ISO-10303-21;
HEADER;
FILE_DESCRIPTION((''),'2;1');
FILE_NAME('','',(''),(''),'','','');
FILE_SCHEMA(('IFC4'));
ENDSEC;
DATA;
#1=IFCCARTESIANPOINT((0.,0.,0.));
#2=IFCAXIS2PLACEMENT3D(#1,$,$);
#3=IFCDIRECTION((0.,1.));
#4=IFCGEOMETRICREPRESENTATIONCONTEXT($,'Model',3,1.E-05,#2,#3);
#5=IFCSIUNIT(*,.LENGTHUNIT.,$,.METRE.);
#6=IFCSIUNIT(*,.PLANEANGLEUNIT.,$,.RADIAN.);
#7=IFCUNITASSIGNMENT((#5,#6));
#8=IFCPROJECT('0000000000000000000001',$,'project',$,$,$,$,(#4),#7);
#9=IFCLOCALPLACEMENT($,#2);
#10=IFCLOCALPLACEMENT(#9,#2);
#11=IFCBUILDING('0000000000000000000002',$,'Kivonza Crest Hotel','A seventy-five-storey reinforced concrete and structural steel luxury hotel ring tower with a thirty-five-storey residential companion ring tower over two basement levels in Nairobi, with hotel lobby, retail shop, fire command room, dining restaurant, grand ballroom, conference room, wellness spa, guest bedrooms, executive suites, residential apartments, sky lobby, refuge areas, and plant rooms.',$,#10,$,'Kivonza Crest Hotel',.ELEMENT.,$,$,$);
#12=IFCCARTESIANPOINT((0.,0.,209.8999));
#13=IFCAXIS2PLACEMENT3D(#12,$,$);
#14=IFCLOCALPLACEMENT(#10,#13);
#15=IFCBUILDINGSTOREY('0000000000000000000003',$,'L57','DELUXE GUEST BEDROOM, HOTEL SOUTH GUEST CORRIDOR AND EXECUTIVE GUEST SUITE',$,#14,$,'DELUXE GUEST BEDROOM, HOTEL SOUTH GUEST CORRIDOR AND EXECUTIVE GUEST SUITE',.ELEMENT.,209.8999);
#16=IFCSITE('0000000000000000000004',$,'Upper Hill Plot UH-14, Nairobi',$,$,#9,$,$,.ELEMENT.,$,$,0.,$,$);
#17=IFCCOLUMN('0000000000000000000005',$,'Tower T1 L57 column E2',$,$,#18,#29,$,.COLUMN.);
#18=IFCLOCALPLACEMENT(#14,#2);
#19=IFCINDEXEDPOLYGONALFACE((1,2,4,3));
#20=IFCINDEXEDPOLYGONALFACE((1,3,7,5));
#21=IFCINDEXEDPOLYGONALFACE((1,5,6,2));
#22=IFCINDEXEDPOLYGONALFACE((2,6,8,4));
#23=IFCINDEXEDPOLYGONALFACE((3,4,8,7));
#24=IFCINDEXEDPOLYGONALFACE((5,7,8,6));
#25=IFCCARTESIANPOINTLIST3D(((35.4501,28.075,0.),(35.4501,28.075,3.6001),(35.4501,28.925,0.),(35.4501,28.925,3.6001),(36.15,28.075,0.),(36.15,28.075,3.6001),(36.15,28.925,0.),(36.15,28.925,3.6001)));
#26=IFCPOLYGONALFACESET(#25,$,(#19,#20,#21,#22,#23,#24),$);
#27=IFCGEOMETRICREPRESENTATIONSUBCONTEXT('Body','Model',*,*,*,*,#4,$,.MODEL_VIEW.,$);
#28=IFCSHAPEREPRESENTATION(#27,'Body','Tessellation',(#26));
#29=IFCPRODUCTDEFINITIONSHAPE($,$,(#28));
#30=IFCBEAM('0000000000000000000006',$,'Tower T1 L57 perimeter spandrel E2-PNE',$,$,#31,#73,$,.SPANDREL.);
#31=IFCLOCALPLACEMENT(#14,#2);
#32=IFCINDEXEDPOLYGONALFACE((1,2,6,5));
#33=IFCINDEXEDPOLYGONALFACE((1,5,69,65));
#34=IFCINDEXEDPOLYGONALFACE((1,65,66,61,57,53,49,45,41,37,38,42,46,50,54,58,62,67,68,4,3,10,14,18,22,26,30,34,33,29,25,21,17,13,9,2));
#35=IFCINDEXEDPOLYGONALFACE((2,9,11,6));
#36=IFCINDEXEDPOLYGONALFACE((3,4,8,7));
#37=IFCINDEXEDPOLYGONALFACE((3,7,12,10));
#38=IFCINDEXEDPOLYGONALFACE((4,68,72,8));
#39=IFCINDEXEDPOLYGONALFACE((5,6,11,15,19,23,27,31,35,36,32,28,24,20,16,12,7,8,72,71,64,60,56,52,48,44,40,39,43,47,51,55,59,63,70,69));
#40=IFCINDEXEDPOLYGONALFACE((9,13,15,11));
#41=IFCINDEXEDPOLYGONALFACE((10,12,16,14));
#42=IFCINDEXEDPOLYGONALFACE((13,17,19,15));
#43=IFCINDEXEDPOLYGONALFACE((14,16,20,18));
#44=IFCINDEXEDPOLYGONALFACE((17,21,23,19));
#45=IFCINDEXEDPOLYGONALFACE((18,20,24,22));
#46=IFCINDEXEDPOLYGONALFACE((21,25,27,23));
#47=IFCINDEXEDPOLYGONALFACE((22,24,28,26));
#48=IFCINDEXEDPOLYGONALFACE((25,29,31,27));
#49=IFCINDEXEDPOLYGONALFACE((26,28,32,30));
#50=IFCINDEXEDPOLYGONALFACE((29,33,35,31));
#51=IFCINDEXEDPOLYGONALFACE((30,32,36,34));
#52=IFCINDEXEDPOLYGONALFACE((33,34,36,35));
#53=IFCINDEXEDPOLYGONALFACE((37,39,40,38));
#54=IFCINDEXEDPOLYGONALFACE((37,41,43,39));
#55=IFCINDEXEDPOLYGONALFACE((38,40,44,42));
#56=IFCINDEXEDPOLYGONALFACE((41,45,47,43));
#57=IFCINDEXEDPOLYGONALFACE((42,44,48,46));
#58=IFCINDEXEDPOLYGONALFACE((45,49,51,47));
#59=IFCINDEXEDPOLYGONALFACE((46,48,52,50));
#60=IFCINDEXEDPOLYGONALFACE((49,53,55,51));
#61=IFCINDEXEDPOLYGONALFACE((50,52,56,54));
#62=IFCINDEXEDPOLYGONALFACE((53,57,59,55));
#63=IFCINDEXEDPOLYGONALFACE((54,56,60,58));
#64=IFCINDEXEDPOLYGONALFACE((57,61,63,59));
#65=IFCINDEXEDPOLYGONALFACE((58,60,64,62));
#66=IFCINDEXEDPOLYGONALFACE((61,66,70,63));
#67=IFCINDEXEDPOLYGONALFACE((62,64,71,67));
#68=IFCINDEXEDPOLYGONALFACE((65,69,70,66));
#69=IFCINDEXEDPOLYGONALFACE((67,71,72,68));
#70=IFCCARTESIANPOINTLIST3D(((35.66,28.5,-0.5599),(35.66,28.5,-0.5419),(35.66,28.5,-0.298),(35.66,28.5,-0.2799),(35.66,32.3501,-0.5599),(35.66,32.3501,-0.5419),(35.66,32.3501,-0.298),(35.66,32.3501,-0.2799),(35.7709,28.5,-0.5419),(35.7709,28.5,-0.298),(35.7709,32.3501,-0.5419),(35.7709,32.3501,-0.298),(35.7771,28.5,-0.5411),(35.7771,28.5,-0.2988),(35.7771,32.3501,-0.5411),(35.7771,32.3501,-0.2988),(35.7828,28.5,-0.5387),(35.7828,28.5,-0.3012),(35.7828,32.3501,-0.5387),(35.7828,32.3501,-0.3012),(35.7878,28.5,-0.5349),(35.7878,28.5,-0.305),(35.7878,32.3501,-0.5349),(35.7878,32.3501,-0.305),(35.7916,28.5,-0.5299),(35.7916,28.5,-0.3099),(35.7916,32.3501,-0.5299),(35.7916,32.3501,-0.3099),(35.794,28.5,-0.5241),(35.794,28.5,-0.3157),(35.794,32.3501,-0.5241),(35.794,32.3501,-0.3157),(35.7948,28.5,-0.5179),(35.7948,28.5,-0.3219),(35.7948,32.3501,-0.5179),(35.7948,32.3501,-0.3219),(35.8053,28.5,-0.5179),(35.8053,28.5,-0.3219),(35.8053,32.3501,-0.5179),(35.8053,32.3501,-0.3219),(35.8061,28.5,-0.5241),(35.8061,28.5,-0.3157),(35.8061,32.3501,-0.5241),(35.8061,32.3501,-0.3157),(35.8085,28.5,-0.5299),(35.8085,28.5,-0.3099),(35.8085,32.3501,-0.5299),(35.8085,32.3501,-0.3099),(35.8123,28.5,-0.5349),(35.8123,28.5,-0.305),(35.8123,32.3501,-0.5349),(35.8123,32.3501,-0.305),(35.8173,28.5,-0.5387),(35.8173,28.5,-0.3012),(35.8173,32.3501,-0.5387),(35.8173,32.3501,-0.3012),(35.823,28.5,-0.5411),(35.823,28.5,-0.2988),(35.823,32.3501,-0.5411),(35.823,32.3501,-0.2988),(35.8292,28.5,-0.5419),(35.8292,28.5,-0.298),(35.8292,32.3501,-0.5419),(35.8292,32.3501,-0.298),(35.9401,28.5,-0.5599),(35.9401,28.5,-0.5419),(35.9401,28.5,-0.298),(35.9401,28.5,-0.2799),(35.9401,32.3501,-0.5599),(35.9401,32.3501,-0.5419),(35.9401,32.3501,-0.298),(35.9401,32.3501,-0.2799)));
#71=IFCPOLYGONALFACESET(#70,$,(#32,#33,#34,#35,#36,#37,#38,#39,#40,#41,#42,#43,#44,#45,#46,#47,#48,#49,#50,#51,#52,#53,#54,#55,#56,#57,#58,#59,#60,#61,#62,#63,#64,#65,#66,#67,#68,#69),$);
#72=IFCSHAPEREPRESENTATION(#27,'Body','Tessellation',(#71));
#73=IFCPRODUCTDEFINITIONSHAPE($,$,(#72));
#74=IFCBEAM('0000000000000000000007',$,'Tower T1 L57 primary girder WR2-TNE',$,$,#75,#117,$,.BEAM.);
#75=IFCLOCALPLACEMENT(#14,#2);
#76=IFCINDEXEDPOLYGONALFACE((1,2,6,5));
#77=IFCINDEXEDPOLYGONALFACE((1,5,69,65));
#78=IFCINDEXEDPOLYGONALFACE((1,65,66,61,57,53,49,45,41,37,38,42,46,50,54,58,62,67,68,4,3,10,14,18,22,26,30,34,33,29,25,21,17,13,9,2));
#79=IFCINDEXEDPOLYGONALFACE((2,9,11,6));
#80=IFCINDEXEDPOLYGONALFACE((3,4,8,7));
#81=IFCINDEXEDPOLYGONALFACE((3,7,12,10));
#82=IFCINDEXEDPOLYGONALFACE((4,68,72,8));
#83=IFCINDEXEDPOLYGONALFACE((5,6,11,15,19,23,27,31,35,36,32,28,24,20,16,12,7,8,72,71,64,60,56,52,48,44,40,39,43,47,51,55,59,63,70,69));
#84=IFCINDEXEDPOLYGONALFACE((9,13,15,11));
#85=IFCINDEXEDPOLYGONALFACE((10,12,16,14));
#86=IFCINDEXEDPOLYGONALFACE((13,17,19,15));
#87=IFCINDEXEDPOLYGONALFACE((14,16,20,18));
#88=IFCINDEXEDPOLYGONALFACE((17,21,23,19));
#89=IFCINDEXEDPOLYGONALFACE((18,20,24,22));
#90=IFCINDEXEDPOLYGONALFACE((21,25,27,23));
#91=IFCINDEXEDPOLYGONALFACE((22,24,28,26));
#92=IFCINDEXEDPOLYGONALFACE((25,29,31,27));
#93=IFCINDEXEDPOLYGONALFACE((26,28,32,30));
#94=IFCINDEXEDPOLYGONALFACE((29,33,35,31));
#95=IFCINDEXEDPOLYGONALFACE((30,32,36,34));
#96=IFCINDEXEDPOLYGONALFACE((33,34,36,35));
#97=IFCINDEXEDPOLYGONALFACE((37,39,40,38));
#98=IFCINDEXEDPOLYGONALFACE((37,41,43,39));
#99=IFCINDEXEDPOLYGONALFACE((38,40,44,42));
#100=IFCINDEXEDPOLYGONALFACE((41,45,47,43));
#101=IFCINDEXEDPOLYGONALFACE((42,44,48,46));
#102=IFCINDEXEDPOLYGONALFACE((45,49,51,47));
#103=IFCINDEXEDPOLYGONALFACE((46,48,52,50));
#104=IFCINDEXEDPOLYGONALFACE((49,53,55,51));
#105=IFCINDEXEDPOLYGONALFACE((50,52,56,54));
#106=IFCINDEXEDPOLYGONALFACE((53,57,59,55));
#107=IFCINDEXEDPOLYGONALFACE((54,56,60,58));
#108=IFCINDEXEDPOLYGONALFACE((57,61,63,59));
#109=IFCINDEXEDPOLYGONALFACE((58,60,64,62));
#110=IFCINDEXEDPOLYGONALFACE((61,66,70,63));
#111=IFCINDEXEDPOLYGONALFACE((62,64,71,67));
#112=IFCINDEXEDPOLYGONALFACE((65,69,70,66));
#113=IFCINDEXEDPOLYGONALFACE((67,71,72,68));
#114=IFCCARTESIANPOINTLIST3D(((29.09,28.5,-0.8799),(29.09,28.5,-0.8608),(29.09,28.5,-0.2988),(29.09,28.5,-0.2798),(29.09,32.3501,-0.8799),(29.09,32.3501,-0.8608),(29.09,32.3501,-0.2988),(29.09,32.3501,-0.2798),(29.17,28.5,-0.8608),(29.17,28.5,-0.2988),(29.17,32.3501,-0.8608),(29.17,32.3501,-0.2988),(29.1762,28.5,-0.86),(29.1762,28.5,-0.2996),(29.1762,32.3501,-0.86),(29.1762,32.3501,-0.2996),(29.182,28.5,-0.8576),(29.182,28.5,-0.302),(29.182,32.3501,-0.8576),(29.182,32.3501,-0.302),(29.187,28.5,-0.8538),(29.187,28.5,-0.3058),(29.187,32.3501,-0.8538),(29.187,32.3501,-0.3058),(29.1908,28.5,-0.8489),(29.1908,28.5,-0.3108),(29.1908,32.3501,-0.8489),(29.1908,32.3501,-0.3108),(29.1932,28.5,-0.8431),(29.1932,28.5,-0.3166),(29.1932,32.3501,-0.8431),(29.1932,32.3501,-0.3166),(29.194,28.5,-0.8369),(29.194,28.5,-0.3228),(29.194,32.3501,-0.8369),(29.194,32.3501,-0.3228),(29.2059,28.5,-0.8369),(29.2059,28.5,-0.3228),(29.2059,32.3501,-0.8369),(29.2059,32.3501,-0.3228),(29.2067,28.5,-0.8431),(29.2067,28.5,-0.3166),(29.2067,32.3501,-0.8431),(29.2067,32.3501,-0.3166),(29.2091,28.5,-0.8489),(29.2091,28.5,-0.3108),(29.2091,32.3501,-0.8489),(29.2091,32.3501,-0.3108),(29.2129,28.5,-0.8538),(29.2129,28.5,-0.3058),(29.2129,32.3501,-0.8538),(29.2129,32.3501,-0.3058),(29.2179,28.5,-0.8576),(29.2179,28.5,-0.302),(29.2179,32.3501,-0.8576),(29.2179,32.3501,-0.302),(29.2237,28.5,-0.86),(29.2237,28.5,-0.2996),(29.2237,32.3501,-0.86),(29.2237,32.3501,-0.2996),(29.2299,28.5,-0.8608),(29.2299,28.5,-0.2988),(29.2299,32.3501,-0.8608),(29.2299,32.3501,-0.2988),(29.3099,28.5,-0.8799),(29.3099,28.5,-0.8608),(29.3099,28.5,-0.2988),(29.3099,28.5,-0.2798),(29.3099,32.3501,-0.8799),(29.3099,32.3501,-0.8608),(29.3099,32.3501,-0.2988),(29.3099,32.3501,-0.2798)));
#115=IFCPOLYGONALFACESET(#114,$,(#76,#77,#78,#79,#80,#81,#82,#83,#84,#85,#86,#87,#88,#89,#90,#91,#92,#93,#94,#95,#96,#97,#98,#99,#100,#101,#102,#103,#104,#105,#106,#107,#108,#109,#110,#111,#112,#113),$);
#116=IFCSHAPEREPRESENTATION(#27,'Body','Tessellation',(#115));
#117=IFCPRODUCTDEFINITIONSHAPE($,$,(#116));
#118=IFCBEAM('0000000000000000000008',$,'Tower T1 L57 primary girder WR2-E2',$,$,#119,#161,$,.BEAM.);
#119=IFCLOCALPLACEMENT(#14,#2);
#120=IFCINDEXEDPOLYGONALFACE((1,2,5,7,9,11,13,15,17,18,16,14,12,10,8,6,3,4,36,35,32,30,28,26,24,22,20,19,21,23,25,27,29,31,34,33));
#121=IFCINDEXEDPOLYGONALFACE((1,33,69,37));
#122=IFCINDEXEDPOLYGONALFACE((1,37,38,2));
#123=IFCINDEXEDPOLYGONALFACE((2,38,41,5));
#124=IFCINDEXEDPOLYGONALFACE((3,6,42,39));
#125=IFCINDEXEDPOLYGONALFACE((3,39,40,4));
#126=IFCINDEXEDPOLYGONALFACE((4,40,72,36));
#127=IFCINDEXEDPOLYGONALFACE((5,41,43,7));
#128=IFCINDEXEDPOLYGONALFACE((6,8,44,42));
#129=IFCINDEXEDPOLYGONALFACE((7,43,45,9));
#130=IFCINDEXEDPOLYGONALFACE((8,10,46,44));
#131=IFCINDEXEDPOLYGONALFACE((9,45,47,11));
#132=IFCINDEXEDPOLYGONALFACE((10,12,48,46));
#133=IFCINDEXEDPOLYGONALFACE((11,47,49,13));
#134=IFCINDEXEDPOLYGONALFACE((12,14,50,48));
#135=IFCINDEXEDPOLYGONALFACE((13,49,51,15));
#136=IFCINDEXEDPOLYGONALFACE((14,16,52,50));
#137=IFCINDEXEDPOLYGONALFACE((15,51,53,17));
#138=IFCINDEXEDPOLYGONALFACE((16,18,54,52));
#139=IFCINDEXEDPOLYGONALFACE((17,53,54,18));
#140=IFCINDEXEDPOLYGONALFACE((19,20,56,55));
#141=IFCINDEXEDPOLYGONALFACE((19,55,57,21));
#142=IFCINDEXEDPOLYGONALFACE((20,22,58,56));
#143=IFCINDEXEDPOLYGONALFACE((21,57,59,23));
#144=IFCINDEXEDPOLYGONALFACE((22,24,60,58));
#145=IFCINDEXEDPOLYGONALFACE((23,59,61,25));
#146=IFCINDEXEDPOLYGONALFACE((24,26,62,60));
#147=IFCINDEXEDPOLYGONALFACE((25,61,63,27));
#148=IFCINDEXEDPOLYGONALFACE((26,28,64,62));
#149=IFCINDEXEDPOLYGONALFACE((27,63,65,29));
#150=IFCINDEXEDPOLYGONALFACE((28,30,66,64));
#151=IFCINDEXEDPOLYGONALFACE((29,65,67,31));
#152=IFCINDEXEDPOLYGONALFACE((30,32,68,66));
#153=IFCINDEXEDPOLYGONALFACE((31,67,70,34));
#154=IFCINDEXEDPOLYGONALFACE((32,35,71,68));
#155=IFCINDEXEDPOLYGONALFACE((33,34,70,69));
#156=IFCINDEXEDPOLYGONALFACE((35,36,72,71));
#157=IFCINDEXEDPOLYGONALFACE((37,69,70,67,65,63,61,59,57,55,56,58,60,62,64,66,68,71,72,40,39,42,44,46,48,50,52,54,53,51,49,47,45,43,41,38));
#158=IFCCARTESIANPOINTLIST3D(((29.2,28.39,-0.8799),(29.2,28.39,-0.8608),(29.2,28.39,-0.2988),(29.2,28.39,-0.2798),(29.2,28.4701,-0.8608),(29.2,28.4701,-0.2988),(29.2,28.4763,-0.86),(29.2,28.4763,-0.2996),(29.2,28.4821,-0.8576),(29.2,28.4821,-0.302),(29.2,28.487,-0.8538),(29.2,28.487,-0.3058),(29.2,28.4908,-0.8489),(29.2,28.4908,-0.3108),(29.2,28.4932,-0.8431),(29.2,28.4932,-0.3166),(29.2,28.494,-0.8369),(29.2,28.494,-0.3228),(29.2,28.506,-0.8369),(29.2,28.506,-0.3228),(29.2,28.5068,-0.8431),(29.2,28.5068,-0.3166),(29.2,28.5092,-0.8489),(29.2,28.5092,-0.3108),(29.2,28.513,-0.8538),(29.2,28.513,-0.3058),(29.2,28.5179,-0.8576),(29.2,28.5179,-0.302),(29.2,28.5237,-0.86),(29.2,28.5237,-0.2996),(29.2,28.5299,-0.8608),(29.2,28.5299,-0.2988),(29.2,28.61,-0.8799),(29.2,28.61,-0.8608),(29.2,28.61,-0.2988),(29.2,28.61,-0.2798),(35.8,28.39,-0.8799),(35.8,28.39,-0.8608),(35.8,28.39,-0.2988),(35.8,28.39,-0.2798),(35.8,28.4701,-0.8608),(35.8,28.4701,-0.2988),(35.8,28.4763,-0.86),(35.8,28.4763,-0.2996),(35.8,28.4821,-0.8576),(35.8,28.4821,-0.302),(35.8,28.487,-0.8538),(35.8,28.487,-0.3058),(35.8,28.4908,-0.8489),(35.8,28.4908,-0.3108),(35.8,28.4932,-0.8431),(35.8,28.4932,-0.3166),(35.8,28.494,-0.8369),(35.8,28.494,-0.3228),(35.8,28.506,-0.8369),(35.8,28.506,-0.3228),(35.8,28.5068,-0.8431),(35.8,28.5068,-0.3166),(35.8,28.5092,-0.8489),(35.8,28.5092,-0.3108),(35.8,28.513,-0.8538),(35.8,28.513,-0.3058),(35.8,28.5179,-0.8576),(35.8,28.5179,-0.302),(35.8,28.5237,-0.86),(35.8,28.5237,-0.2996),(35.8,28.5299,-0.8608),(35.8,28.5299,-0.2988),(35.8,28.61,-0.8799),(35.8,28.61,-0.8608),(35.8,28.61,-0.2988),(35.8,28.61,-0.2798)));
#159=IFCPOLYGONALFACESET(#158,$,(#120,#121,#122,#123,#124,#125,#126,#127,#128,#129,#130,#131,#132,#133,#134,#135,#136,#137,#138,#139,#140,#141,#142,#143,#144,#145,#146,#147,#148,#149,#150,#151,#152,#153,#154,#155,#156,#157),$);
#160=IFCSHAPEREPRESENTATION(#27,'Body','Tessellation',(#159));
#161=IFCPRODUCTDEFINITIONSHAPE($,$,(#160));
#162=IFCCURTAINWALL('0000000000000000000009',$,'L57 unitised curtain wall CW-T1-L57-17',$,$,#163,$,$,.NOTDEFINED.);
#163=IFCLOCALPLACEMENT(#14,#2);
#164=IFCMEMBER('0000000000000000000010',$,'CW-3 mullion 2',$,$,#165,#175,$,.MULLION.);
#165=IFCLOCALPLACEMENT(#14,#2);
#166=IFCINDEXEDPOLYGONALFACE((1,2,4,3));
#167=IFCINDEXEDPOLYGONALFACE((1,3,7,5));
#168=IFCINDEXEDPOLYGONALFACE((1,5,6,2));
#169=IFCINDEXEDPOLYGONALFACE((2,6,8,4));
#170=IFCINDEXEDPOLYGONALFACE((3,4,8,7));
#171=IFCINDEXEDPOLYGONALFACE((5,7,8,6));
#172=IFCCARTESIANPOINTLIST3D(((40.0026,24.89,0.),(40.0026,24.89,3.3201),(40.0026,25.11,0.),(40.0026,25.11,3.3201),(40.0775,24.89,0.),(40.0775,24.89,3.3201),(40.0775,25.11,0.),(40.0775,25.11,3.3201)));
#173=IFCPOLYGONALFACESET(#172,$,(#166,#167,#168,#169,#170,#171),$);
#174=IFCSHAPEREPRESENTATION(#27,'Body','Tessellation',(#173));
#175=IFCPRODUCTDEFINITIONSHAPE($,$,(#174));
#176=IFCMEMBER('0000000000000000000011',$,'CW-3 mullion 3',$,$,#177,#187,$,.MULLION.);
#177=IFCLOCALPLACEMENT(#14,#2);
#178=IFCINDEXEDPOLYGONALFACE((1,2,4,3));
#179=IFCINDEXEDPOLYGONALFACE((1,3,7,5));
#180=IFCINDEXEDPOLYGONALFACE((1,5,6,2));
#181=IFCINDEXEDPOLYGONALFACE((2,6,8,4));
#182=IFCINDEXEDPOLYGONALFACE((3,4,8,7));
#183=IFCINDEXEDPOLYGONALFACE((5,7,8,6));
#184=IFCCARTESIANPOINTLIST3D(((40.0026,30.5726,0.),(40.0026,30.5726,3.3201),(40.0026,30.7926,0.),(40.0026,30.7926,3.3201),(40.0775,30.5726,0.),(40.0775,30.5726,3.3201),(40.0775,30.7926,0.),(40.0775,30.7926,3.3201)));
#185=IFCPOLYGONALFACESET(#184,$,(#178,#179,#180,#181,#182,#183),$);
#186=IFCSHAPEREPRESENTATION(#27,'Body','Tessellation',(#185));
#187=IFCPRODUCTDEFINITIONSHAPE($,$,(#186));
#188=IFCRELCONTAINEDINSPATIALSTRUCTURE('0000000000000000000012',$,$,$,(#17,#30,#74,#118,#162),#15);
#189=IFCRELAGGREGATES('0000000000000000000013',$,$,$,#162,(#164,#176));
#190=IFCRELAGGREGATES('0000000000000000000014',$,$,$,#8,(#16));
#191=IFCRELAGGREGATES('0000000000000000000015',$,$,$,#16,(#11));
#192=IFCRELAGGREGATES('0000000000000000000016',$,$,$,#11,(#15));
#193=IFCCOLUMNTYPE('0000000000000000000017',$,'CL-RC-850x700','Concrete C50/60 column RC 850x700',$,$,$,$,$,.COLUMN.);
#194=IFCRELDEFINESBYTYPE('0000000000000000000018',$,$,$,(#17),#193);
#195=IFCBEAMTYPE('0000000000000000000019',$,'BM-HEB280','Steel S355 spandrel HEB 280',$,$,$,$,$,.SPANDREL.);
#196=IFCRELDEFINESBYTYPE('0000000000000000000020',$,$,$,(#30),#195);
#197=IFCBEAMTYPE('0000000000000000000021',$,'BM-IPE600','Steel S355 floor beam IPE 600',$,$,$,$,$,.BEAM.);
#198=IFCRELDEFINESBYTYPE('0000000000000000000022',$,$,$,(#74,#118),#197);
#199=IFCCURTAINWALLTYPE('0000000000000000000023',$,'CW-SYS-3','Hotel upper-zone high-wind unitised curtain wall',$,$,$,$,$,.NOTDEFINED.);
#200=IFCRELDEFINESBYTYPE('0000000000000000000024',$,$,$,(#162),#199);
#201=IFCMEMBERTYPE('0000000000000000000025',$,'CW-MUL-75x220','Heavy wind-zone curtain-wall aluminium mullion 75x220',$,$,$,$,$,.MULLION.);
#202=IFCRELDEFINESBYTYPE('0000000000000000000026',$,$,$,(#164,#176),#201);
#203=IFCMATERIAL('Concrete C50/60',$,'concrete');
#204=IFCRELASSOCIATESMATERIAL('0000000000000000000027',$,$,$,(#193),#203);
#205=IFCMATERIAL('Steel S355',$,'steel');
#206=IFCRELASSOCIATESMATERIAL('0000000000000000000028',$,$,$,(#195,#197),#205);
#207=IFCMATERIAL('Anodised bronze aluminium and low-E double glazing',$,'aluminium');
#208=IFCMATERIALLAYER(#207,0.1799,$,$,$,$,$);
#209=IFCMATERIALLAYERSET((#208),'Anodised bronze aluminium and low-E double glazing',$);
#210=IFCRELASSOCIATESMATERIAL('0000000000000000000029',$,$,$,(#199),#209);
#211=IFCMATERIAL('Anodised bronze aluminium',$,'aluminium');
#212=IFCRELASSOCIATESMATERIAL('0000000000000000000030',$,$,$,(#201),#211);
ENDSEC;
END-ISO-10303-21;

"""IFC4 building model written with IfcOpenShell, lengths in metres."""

from ifc_helpers import new_model, si_unit, direction, frame, origin, origin_2d, place, context, subcontext, project, spatial, rectangle, i_section, extrude, material, layer, layer_set, material_profile, profile_set, type_object, element, aggregate, save


model = new_model("IFC4")

# Units and contexts
model_context = context("Model", 3, precision=1e-05, world=origin(), true_north=direction((0.0, 1.0)))
body_context = subcontext(model_context, "Body", "Model", "MODEL_VIEW")
ifc_project = project(units=[si_unit("LENGTHUNIT", "METRE"), si_unit("PLANEANGLEUNIT", "RADIAN")], contexts=[model_context])

# Site, building, storey
site_placement = place(None, origin())
site = spatial("IfcSite", under=ifc_project, at=site_placement, Name="Upper Hill Plot UH-14, Nairobi", CompositionType="ELEMENT", RefElevation=0.0)
building_placement = place(site_placement, origin())
building = spatial("IfcBuilding", under=site, at=building_placement, Name="Kivonza Crest Hotel", Description="A seventy-five-storey reinforced concrete and structural steel luxury hotel ring tower with a thirty-five-storey residential companion ring tower over two basement levels in Nairobi, with hotel lobby, retail shop, fire command room, dining restaurant, grand ballroom, conference room, wellness spa, guest bedrooms, executive suites, residential apartments, sky lobby, refuge areas, and plant rooms.", LongName="Kivonza Crest Hotel", CompositionType="ELEMENT")
storey_placement = place(building_placement, frame((0.0, 0.0, 209.8999)))
storey = spatial("IfcBuildingStorey", under=building, at=storey_placement, Name="L57", Description="DELUXE GUEST BEDROOM, HOTEL SOUTH GUEST CORRIDOR AND EXECUTIVE GUEST SUITE", LongName="DELUXE GUEST BEDROOM, HOTEL SOUTH GUEST CORRIDOR AND EXECUTIVE GUEST SUITE", CompositionType="ELEMENT", Elevation=209.8999)

# Column
ifc_material_1 = material(Name="Concrete C50/60", Category="concrete")
ifc_material_profile_1 = material_profile(ifc_material_1, rectangle(XDim=0.7, YDim=0.8501, at=origin_2d()), Name="RC 850x700")
ifc_profile_set_1 = profile_set([ifc_material_profile_1], Name="Concrete C50/60")
column_type = type_object("IfcColumnType", Name="CL-RC-850x700", Description="Concrete C50/60 column RC 850x700", PredefinedType="COLUMN", material=ifc_profile_set_1)
column_placement = place(storey_placement, frame((35.8, 28.5, 0.0), z_axis=(0.0, 0.0, 1.0), x_axis=(1.0, 0.0, 0.0)))
element("IfcColumn", 1, at=column_placement, inside=storey, type_object=column_type, Name="Tower T1 L57 column E2", PredefinedType="COLUMN", context=body_context, shape_type="SweptSolid", body=[
    extrude(rectangle(XDim=0.7, YDim=0.8501, at=origin_2d()), origin(), (0.0, 0.0, 1.0), 3.6001),
])

# Beams
ifc_material_2 = material(Name="Steel S355", Category="steel")
ifc_material_profile_2 = material_profile(ifc_material_2, i_section(OverallWidth=0.28, OverallDepth=0.28, WebThickness=0.0105, FlangeThickness=0.0181, FilletRadius=0.0239, at=origin_2d()), Name="HEB 280")
ifc_profile_set_2 = profile_set([ifc_material_profile_2], Name="Steel S355")
beam_type_1 = type_object("IfcBeamType", Name="BM-HEB280", Description="Steel S355 spandrel HEB 280", PredefinedType="SPANDREL", material=ifc_profile_set_2)
beam_1_placement = place(storey_placement, frame((35.8, 28.5, -0.4199), z_axis=(0.0, 1.0, 0.0), x_axis=(-1.0, 0.0, 0.0)))
element("IfcBeam", 2, at=beam_1_placement, inside=storey, type_object=beam_type_1, Name="Tower T1 L57 perimeter spandrel E2-PNE", PredefinedType="SPANDREL", context=body_context, shape_type="SweptSolid", body=[
    extrude(i_section(OverallWidth=0.28, OverallDepth=0.28, WebThickness=0.0105, FlangeThickness=0.0181, FilletRadius=0.0239, at=origin_2d()), origin(), (0.0, 0.0, 1.0), 3.8501),
])
ifc_material_profile_3 = material_profile(ifc_material_2, i_section(OverallWidth=0.22, OverallDepth=0.6001, WebThickness=0.012, FlangeThickness=0.019, FilletRadius=0.0239, at=origin_2d()), Name="IPE 600")
ifc_profile_set_3 = profile_set([ifc_material_profile_3], Name="Steel S355")
beam_type_2 = type_object("IfcBeamType", Name="BM-IPE600", Description="Steel S355 floor beam IPE 600", PredefinedType="BEAM", material=ifc_profile_set_3)
beam_2_placement = place(storey_placement, frame((29.2, 28.5, -0.5798), z_axis=(0.0, 1.0, 0.0), x_axis=(-1.0, 0.0, 0.0)))
element("IfcBeam", 3, at=beam_2_placement, inside=storey, type_object=beam_type_2, Name="Tower T1 L57 primary girder WR2-TNE", PredefinedType="BEAM", context=body_context, shape_type="SweptSolid", body=[
    extrude(i_section(OverallWidth=0.22, OverallDepth=0.6001, WebThickness=0.012, FlangeThickness=0.019, FilletRadius=0.0239, at=origin_2d()), origin(), (0.0, 0.0, 1.0), 3.8501),
])
beam_3_placement = place(storey_placement, frame((29.2, 28.5, -0.5798), z_axis=(1.0, 0.0, 0.0), x_axis=(0.0, 1.0, 0.0)))
element("IfcBeam", 4, at=beam_3_placement, inside=storey, type_object=beam_type_2, Name="Tower T1 L57 primary girder WR2-E2", PredefinedType="BEAM", context=body_context, shape_type="SweptSolid", body=[
    extrude(i_section(OverallWidth=0.22, OverallDepth=0.6001, WebThickness=0.012, FlangeThickness=0.019, FilletRadius=0.0239, at=origin_2d()), origin(), (0.0, 0.0, 1.0), 6.6001),
])

# Curtain wall, members
ifc_material_3 = material(Name="Anodised bronze aluminium and low-E double glazing", Category="aluminium")
ifc_layer_1 = layer(ifc_material_3, 0.1799)
ifc_layer_set_1 = layer_set([ifc_layer_1], Name="Anodised bronze aluminium and low-E double glazing")
curtain_wall_type = type_object("IfcCurtainWallType", Name="CW-SYS-3", Description="Hotel upper-zone high-wind unitised curtain wall", PredefinedType="NOTDEFINED", material=ifc_layer_set_1)
curtain_wall_placement = place(storey_placement, origin())
curtain_wall = element("IfcCurtainWall", 5, at=curtain_wall_placement, inside=storey, type_object=curtain_wall_type, Name="L57 unitised curtain wall CW-T1-L57-17", PredefinedType="NOTDEFINED")
ifc_material_4 = material(Name="Anodised bronze aluminium", Category="aluminium")
ifc_material_profile_4 = material_profile(ifc_material_4, rectangle(XDim=0.075, YDim=0.22, at=origin_2d()), Name="CW-M 75x220")
ifc_profile_set_4 = profile_set([ifc_material_profile_4], Name="Anodised bronze aluminium")
member_type_1 = type_object("IfcMemberType", Name="CW-MUL-75x220", Description="Heavy wind-zone curtain-wall aluminium mullion 75x220", PredefinedType="MULLION", material=ifc_profile_set_4)
member_1_placement = place(storey_placement, frame((40.04, 25.0, 0.0), z_axis=(0.0, 0.0, 1.0), x_axis=(-1.0, 0.0, 0.0)))
member_1 = element("IfcMember", 6, at=member_1_placement, type_object=member_type_1, Name="CW-3 mullion 2", PredefinedType="MULLION", context=body_context, shape_type="SweptSolid", body=[
    extrude(rectangle(XDim=0.075, YDim=0.22, at=origin_2d()), origin(), (0.0, 0.0, 1.0), 3.3201),
])
member_2_placement = place(storey_placement, frame((40.04, 30.6826, 0.0), z_axis=(0.0, 0.0, 1.0), x_axis=(-1.0, 0.0, 0.0)))
member_2 = element("IfcMember", 7, at=member_2_placement, type_object=member_type_1, Name="CW-3 mullion 3", PredefinedType="MULLION", context=body_context, shape_type="SweptSolid", body=[
    extrude(rectangle(XDim=0.075, YDim=0.22, at=origin_2d()), origin(), (0.0, 0.0, 1.0), 3.3201),
])
aggregate(curtain_wall, [member_1, member_2])

save(model, "model.ifc")
